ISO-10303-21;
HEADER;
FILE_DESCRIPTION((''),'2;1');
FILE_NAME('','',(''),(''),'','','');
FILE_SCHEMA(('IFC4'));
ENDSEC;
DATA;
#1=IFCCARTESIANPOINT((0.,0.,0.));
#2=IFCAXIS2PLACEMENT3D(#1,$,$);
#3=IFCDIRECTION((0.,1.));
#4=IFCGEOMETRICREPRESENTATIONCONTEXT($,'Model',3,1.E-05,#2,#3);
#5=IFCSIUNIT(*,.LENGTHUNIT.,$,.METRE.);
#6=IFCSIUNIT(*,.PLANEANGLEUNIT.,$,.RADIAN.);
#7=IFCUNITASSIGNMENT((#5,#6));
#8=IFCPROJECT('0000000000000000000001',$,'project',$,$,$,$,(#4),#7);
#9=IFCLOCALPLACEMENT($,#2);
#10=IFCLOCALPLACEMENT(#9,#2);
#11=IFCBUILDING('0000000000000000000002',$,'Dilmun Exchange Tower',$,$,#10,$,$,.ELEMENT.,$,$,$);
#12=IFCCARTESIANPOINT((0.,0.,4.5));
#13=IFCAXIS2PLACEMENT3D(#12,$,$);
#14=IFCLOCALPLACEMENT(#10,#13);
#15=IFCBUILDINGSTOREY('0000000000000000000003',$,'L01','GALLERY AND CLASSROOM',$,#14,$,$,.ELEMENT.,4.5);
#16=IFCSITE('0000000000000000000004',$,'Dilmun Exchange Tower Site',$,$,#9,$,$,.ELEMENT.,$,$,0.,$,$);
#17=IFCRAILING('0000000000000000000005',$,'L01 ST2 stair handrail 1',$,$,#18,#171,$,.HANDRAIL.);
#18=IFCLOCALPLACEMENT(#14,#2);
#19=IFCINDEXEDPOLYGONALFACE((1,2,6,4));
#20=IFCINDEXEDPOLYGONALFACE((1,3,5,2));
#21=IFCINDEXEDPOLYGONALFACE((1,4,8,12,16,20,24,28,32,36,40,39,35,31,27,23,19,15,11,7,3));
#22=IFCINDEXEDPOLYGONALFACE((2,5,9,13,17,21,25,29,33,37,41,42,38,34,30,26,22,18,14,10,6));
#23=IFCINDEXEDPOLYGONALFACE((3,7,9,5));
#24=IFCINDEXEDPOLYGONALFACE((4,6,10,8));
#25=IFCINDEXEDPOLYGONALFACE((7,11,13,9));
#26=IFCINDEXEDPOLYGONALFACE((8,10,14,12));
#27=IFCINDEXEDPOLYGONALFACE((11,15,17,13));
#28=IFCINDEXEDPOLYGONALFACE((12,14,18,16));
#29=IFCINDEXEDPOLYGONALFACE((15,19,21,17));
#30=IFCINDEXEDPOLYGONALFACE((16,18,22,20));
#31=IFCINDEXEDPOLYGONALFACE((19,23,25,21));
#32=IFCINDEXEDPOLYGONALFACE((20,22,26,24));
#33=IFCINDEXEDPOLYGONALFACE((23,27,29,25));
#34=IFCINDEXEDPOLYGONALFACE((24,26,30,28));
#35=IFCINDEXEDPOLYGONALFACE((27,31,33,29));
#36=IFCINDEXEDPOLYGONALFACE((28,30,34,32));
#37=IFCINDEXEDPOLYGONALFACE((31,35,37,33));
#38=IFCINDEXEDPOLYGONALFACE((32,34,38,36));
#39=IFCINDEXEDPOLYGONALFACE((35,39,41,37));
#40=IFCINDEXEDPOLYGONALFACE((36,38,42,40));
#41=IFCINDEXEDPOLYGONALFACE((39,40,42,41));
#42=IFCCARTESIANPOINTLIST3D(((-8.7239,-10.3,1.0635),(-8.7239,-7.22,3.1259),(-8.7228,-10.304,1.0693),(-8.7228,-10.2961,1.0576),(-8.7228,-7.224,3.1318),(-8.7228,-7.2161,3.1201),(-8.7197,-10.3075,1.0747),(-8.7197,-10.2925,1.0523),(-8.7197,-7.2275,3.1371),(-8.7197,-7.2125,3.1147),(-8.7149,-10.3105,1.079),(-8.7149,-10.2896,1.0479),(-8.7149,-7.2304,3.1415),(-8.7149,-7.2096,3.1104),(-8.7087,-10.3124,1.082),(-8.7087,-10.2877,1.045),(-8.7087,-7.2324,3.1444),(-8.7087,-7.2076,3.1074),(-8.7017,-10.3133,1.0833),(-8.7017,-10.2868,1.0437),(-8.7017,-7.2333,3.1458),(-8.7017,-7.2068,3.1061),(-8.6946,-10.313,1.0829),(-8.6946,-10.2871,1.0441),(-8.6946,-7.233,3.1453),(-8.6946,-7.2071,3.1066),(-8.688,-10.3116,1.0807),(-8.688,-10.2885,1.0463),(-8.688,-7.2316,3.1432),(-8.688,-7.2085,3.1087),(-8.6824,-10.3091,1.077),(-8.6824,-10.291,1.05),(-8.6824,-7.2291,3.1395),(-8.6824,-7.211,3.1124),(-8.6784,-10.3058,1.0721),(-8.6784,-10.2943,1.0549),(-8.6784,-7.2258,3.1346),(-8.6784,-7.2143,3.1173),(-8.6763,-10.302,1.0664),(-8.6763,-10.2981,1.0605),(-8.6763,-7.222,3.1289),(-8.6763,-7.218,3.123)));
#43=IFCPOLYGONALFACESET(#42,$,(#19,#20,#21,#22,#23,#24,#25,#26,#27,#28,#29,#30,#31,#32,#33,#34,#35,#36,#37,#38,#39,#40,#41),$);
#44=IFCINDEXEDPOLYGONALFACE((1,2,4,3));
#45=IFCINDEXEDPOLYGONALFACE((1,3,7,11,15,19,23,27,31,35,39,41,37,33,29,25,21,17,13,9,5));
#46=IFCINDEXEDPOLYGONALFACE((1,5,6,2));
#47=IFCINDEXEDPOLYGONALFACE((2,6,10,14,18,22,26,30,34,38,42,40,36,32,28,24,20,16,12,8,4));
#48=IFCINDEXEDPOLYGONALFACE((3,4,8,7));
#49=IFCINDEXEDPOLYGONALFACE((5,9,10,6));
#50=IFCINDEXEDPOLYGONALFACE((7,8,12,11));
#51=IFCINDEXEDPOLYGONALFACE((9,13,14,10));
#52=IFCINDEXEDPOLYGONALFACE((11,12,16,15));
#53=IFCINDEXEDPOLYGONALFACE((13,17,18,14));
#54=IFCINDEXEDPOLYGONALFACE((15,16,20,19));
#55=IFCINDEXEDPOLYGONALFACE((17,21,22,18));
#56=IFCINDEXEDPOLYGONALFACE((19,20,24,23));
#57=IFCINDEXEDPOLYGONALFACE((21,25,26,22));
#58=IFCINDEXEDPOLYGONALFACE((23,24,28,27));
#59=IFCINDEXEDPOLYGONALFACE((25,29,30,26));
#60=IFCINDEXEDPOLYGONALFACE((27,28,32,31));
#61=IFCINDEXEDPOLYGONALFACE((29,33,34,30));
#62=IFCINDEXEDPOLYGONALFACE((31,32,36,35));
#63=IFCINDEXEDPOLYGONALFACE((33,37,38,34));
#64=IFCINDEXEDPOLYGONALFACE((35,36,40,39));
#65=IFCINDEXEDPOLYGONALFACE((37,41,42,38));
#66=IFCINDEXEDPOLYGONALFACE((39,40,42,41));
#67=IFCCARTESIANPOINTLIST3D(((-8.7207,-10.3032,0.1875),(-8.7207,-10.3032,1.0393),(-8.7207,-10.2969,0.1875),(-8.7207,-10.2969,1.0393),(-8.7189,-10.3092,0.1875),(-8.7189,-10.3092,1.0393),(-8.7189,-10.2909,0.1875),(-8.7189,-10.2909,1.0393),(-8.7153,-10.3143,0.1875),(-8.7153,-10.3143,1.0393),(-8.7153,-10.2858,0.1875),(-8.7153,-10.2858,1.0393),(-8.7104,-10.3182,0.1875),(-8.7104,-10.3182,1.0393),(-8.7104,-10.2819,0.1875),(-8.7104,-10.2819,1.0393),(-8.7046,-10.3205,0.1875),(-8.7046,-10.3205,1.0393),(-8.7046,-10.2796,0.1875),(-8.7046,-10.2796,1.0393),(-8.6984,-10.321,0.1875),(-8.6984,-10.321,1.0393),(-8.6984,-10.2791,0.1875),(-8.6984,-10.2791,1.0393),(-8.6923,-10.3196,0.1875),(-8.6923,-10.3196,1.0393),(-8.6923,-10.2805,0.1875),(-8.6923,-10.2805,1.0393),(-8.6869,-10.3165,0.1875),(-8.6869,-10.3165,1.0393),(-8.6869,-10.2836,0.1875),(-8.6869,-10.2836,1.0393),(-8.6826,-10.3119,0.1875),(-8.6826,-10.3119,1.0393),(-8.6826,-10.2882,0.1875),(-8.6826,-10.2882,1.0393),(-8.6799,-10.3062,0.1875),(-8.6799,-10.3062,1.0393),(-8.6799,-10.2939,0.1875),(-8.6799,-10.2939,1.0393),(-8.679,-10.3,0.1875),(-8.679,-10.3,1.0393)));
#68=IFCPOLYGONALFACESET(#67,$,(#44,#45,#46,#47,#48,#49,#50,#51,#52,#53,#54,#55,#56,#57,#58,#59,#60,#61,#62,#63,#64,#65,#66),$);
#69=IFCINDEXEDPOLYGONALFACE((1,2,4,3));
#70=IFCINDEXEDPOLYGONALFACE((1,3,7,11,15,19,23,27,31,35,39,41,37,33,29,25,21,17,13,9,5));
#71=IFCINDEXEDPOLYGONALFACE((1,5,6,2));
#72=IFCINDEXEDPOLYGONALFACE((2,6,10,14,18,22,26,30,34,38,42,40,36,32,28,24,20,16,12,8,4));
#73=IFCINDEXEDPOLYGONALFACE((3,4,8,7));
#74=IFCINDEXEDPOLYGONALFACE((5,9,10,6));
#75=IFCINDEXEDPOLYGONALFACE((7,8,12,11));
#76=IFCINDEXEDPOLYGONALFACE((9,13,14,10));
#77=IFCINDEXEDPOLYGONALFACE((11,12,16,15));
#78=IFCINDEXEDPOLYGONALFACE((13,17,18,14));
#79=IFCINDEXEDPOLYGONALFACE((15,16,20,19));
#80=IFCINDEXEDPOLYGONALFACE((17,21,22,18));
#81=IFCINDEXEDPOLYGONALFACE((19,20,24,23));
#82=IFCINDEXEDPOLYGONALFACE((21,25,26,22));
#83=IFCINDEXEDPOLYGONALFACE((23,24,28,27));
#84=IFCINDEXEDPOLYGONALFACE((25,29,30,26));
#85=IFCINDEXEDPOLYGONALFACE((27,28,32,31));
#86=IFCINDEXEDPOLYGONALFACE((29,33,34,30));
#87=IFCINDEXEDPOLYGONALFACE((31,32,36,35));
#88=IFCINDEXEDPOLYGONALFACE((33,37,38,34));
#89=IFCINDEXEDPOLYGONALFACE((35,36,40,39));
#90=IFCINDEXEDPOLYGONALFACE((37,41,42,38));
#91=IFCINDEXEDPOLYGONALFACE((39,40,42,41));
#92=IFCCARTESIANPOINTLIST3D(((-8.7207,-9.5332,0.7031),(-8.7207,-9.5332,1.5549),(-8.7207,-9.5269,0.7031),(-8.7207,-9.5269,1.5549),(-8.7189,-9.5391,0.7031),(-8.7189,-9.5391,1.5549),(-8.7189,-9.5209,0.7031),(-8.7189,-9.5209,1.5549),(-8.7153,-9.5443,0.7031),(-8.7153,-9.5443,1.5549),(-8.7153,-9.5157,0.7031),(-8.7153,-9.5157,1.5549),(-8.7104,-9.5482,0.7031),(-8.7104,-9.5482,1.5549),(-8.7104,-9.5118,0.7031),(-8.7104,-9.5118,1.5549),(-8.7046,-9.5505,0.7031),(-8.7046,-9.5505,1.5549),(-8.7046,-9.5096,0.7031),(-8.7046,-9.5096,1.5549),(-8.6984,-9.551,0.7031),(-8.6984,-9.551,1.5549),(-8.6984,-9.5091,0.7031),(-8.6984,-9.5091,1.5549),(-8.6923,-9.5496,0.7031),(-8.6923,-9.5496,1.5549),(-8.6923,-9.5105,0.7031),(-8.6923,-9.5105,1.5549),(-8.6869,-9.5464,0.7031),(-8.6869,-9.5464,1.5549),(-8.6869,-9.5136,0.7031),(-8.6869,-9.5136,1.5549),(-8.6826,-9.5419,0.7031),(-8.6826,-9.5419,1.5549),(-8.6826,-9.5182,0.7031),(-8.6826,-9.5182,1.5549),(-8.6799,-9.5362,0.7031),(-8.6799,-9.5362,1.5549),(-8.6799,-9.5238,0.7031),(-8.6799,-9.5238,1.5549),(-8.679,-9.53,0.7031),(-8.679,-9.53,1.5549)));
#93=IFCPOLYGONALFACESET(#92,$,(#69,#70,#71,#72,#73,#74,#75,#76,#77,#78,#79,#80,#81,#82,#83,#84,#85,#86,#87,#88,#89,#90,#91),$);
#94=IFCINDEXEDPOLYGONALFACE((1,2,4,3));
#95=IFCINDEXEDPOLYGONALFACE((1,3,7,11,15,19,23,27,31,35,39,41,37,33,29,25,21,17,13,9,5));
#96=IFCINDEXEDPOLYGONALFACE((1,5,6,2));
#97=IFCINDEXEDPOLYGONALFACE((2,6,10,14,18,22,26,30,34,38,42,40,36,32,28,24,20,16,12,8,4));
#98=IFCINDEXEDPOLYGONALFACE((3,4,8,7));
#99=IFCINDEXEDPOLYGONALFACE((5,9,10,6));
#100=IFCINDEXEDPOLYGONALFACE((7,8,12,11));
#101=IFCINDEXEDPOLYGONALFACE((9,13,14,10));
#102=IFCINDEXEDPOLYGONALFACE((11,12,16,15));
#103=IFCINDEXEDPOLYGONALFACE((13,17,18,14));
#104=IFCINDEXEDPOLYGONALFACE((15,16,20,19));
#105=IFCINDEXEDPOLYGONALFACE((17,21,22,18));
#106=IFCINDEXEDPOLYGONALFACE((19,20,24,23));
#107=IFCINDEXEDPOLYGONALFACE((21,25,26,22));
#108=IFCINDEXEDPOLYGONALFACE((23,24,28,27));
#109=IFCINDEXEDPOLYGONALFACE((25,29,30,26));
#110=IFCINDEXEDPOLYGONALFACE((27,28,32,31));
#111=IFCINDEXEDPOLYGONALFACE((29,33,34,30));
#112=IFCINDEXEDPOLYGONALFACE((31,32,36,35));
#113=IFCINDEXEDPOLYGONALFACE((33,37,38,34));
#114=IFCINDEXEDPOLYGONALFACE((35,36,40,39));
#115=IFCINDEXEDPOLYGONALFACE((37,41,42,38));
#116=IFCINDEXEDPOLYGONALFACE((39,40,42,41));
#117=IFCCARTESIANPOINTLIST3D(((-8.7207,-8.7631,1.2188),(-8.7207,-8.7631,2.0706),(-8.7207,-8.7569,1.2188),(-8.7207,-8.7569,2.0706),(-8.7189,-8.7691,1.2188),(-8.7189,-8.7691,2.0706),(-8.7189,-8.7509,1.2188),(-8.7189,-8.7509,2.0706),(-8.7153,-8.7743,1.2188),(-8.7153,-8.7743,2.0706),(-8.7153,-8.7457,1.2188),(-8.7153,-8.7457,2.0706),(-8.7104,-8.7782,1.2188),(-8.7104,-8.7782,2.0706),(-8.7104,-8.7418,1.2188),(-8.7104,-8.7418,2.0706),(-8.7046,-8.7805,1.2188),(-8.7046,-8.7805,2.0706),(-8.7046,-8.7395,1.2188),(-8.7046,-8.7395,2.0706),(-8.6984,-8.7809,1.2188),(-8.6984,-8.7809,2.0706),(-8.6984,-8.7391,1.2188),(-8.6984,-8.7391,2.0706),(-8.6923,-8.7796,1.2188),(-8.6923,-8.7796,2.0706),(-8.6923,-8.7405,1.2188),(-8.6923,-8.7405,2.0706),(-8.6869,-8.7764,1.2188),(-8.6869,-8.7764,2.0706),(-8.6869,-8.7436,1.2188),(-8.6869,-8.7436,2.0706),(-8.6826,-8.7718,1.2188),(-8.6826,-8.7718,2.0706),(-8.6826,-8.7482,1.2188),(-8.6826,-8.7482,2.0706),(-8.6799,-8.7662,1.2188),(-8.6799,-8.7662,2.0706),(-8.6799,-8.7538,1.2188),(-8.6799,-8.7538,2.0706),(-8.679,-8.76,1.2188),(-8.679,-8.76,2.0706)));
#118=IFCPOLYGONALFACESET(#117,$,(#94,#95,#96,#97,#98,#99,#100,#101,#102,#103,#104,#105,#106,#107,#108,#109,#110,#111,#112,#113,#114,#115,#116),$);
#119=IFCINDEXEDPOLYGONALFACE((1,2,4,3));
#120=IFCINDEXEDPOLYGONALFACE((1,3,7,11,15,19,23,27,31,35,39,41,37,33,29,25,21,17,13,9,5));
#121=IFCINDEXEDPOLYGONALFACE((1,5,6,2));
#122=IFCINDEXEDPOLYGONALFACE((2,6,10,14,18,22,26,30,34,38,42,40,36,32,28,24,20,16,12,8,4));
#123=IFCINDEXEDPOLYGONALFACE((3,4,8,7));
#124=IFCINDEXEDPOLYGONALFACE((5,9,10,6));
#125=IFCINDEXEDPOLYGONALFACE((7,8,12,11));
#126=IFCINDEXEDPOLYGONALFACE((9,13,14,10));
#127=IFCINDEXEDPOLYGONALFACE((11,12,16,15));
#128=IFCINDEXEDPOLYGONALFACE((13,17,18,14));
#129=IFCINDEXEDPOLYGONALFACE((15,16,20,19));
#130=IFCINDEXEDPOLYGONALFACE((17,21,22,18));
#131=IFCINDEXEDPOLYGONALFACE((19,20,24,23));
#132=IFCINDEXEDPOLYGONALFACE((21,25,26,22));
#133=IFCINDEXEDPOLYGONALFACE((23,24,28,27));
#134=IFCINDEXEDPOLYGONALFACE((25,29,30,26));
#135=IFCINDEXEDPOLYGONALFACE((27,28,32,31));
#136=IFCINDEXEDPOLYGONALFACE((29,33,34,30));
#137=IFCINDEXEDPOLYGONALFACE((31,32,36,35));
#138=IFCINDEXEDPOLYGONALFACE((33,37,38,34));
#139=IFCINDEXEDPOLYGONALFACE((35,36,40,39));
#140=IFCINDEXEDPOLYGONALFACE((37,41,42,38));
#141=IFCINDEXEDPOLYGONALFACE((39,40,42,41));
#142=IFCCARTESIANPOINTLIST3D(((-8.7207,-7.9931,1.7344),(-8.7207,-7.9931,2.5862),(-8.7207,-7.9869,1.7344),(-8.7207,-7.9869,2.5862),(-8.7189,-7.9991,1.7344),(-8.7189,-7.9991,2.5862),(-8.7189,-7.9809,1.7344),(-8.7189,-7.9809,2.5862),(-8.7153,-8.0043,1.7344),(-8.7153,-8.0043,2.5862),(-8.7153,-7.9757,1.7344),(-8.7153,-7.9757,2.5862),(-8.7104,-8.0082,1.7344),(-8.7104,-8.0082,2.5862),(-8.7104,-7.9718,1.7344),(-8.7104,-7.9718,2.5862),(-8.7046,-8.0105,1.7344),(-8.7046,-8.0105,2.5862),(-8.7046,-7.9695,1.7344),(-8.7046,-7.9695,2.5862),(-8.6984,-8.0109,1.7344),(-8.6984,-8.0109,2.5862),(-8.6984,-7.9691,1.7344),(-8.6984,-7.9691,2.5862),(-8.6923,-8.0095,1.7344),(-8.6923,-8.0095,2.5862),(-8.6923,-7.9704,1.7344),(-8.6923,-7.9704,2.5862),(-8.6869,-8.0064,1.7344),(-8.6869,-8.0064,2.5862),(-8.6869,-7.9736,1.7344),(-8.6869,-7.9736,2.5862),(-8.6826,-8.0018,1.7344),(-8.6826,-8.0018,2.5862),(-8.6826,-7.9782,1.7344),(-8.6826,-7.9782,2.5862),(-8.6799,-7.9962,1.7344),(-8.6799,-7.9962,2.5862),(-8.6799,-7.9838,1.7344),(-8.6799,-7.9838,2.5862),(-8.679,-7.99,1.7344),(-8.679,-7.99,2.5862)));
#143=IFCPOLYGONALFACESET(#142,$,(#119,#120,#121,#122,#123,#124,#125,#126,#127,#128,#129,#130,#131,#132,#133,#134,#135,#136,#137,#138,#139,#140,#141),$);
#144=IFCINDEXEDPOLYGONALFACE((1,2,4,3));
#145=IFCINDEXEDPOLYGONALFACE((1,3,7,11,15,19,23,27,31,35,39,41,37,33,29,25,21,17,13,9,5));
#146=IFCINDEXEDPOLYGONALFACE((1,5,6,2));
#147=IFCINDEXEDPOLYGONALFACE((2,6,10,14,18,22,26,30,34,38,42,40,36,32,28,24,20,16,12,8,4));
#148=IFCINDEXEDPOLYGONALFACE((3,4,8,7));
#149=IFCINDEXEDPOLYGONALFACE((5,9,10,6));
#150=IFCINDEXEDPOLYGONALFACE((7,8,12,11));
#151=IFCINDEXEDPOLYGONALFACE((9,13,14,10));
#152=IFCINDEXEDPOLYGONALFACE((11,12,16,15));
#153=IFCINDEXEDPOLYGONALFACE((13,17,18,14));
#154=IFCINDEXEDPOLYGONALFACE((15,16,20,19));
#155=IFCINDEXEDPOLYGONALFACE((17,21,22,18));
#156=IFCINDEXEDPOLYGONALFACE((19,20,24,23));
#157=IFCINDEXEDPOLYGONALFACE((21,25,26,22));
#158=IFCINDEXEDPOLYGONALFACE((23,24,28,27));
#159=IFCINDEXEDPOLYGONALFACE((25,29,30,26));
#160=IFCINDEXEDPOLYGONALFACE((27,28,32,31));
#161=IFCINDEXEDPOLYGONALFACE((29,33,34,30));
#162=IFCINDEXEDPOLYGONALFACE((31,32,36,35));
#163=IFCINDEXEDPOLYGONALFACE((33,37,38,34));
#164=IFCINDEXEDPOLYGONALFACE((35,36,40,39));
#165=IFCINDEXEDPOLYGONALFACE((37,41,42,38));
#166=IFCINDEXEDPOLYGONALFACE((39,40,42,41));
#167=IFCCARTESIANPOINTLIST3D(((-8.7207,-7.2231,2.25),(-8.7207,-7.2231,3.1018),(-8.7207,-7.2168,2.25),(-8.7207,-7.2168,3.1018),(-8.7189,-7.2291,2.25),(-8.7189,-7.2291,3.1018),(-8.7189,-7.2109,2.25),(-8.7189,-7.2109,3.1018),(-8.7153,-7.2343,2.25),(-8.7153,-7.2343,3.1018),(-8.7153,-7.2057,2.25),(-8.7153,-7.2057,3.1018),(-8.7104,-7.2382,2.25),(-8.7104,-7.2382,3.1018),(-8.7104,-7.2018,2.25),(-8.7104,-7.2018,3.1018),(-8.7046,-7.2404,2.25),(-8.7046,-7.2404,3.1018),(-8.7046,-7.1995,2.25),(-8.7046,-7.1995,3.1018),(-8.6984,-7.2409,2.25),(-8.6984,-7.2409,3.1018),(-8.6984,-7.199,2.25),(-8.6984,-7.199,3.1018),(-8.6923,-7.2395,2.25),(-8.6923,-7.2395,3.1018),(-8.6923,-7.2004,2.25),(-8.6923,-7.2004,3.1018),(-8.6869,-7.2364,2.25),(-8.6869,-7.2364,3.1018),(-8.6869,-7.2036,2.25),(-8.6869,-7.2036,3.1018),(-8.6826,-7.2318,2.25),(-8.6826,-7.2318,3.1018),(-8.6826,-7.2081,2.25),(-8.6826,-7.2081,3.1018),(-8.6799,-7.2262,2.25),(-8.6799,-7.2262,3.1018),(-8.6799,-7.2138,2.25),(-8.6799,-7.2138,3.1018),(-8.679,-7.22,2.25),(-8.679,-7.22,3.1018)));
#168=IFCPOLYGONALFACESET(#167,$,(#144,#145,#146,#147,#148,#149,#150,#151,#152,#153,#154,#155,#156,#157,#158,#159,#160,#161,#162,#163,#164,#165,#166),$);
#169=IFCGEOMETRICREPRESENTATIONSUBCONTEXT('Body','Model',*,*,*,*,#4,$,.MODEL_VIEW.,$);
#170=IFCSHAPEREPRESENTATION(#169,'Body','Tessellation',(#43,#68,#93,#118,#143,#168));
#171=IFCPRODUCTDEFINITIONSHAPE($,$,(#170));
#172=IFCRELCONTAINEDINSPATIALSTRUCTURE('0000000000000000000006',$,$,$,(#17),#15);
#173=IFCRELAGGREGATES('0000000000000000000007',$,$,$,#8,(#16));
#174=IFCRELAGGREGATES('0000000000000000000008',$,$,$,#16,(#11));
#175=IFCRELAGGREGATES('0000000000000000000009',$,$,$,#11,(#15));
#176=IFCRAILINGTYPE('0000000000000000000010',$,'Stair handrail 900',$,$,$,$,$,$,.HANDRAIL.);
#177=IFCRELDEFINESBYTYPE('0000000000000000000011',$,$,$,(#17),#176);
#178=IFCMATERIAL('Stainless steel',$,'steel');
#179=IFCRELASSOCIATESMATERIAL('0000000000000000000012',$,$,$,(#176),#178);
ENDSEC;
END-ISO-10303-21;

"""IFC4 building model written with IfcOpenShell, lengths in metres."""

from ifc_helpers import new_model, si_unit, direction, frame, origin, origin_2d, place, context, subcontext, project, spatial, circle, extrude, material, type_object, element, save


model = new_model("IFC4")

# Units and contexts
model_context = context("Model", 3, precision=1e-05, world=origin(), true_north=direction((0.0, 1.0)))
body_context = subcontext(model_context, "Body", "Model", "MODEL_VIEW")
ifc_project = project(units=[si_unit("LENGTHUNIT", "METRE"), si_unit("PLANEANGLEUNIT", "RADIAN")], contexts=[model_context])

# Site, building, storey
site_placement = place(None, origin())
site = spatial("IfcSite", under=ifc_project, at=site_placement, Name="Dilmun Exchange Tower Site", CompositionType="ELEMENT", RefElevation=0.0)
building_placement = place(site_placement, origin())
building = spatial("IfcBuilding", under=site, at=building_placement, Name="Dilmun Exchange Tower", CompositionType="ELEMENT")
storey_placement = place(building_placement, frame((0.0, 0.0, 4.5)))
storey = spatial("IfcBuildingStorey", under=building, at=storey_placement, Name="L01", Description="GALLERY AND CLASSROOM", CompositionType="ELEMENT", Elevation=4.5)

# Railing
ifc_material_1 = material(Name="Stainless steel", Category="steel")
railing_type = type_object("IfcRailingType", Name="Stair handrail 900", PredefinedType="HANDRAIL", material=ifc_material_1)
railing_1_placement = place(storey_placement, frame((-8.7, -10.3, 0.1875)))
element("IfcRailing", 1, at=railing_1_placement, inside=storey, type_object=railing_type, Name="L01 ST2 stair handrail 1", PredefinedType="HANDRAIL", context=body_context, shape_type="SweptSolid", body=[
    extrude(circle(Radius=0.0239, at=origin_2d()), frame((0.0, 0.0, 0.876), z_axis=(0.0, 0.830914, 0.556401), x_axis=(-1.0, 0.0, 0.0)), (0.0, 0.0, 1.0), 3.7068),
    extrude(circle(Radius=0.021, at=origin_2d()), origin(), (0.0, 0.0, 1.0), 0.8518),
    extrude(circle(Radius=0.021, at=origin_2d()), frame((0.0, 0.77, 0.5156)), (0.0, 0.0, 1.0), 0.8518),
    extrude(circle(Radius=0.021, at=origin_2d()), frame((0.0, 1.54, 1.0312)), (0.0, 0.0, 1.0), 0.8518),
    extrude(circle(Radius=0.021, at=origin_2d()), frame((0.0, 2.3101, 1.5469)), (0.0, 0.0, 1.0), 0.8518),
    extrude(circle(Radius=0.021, at=origin_2d()), frame((0.0, 3.0801, 2.0625)), (0.0, 0.0, 1.0), 0.8518),
])

save(model, "model.ifc")
